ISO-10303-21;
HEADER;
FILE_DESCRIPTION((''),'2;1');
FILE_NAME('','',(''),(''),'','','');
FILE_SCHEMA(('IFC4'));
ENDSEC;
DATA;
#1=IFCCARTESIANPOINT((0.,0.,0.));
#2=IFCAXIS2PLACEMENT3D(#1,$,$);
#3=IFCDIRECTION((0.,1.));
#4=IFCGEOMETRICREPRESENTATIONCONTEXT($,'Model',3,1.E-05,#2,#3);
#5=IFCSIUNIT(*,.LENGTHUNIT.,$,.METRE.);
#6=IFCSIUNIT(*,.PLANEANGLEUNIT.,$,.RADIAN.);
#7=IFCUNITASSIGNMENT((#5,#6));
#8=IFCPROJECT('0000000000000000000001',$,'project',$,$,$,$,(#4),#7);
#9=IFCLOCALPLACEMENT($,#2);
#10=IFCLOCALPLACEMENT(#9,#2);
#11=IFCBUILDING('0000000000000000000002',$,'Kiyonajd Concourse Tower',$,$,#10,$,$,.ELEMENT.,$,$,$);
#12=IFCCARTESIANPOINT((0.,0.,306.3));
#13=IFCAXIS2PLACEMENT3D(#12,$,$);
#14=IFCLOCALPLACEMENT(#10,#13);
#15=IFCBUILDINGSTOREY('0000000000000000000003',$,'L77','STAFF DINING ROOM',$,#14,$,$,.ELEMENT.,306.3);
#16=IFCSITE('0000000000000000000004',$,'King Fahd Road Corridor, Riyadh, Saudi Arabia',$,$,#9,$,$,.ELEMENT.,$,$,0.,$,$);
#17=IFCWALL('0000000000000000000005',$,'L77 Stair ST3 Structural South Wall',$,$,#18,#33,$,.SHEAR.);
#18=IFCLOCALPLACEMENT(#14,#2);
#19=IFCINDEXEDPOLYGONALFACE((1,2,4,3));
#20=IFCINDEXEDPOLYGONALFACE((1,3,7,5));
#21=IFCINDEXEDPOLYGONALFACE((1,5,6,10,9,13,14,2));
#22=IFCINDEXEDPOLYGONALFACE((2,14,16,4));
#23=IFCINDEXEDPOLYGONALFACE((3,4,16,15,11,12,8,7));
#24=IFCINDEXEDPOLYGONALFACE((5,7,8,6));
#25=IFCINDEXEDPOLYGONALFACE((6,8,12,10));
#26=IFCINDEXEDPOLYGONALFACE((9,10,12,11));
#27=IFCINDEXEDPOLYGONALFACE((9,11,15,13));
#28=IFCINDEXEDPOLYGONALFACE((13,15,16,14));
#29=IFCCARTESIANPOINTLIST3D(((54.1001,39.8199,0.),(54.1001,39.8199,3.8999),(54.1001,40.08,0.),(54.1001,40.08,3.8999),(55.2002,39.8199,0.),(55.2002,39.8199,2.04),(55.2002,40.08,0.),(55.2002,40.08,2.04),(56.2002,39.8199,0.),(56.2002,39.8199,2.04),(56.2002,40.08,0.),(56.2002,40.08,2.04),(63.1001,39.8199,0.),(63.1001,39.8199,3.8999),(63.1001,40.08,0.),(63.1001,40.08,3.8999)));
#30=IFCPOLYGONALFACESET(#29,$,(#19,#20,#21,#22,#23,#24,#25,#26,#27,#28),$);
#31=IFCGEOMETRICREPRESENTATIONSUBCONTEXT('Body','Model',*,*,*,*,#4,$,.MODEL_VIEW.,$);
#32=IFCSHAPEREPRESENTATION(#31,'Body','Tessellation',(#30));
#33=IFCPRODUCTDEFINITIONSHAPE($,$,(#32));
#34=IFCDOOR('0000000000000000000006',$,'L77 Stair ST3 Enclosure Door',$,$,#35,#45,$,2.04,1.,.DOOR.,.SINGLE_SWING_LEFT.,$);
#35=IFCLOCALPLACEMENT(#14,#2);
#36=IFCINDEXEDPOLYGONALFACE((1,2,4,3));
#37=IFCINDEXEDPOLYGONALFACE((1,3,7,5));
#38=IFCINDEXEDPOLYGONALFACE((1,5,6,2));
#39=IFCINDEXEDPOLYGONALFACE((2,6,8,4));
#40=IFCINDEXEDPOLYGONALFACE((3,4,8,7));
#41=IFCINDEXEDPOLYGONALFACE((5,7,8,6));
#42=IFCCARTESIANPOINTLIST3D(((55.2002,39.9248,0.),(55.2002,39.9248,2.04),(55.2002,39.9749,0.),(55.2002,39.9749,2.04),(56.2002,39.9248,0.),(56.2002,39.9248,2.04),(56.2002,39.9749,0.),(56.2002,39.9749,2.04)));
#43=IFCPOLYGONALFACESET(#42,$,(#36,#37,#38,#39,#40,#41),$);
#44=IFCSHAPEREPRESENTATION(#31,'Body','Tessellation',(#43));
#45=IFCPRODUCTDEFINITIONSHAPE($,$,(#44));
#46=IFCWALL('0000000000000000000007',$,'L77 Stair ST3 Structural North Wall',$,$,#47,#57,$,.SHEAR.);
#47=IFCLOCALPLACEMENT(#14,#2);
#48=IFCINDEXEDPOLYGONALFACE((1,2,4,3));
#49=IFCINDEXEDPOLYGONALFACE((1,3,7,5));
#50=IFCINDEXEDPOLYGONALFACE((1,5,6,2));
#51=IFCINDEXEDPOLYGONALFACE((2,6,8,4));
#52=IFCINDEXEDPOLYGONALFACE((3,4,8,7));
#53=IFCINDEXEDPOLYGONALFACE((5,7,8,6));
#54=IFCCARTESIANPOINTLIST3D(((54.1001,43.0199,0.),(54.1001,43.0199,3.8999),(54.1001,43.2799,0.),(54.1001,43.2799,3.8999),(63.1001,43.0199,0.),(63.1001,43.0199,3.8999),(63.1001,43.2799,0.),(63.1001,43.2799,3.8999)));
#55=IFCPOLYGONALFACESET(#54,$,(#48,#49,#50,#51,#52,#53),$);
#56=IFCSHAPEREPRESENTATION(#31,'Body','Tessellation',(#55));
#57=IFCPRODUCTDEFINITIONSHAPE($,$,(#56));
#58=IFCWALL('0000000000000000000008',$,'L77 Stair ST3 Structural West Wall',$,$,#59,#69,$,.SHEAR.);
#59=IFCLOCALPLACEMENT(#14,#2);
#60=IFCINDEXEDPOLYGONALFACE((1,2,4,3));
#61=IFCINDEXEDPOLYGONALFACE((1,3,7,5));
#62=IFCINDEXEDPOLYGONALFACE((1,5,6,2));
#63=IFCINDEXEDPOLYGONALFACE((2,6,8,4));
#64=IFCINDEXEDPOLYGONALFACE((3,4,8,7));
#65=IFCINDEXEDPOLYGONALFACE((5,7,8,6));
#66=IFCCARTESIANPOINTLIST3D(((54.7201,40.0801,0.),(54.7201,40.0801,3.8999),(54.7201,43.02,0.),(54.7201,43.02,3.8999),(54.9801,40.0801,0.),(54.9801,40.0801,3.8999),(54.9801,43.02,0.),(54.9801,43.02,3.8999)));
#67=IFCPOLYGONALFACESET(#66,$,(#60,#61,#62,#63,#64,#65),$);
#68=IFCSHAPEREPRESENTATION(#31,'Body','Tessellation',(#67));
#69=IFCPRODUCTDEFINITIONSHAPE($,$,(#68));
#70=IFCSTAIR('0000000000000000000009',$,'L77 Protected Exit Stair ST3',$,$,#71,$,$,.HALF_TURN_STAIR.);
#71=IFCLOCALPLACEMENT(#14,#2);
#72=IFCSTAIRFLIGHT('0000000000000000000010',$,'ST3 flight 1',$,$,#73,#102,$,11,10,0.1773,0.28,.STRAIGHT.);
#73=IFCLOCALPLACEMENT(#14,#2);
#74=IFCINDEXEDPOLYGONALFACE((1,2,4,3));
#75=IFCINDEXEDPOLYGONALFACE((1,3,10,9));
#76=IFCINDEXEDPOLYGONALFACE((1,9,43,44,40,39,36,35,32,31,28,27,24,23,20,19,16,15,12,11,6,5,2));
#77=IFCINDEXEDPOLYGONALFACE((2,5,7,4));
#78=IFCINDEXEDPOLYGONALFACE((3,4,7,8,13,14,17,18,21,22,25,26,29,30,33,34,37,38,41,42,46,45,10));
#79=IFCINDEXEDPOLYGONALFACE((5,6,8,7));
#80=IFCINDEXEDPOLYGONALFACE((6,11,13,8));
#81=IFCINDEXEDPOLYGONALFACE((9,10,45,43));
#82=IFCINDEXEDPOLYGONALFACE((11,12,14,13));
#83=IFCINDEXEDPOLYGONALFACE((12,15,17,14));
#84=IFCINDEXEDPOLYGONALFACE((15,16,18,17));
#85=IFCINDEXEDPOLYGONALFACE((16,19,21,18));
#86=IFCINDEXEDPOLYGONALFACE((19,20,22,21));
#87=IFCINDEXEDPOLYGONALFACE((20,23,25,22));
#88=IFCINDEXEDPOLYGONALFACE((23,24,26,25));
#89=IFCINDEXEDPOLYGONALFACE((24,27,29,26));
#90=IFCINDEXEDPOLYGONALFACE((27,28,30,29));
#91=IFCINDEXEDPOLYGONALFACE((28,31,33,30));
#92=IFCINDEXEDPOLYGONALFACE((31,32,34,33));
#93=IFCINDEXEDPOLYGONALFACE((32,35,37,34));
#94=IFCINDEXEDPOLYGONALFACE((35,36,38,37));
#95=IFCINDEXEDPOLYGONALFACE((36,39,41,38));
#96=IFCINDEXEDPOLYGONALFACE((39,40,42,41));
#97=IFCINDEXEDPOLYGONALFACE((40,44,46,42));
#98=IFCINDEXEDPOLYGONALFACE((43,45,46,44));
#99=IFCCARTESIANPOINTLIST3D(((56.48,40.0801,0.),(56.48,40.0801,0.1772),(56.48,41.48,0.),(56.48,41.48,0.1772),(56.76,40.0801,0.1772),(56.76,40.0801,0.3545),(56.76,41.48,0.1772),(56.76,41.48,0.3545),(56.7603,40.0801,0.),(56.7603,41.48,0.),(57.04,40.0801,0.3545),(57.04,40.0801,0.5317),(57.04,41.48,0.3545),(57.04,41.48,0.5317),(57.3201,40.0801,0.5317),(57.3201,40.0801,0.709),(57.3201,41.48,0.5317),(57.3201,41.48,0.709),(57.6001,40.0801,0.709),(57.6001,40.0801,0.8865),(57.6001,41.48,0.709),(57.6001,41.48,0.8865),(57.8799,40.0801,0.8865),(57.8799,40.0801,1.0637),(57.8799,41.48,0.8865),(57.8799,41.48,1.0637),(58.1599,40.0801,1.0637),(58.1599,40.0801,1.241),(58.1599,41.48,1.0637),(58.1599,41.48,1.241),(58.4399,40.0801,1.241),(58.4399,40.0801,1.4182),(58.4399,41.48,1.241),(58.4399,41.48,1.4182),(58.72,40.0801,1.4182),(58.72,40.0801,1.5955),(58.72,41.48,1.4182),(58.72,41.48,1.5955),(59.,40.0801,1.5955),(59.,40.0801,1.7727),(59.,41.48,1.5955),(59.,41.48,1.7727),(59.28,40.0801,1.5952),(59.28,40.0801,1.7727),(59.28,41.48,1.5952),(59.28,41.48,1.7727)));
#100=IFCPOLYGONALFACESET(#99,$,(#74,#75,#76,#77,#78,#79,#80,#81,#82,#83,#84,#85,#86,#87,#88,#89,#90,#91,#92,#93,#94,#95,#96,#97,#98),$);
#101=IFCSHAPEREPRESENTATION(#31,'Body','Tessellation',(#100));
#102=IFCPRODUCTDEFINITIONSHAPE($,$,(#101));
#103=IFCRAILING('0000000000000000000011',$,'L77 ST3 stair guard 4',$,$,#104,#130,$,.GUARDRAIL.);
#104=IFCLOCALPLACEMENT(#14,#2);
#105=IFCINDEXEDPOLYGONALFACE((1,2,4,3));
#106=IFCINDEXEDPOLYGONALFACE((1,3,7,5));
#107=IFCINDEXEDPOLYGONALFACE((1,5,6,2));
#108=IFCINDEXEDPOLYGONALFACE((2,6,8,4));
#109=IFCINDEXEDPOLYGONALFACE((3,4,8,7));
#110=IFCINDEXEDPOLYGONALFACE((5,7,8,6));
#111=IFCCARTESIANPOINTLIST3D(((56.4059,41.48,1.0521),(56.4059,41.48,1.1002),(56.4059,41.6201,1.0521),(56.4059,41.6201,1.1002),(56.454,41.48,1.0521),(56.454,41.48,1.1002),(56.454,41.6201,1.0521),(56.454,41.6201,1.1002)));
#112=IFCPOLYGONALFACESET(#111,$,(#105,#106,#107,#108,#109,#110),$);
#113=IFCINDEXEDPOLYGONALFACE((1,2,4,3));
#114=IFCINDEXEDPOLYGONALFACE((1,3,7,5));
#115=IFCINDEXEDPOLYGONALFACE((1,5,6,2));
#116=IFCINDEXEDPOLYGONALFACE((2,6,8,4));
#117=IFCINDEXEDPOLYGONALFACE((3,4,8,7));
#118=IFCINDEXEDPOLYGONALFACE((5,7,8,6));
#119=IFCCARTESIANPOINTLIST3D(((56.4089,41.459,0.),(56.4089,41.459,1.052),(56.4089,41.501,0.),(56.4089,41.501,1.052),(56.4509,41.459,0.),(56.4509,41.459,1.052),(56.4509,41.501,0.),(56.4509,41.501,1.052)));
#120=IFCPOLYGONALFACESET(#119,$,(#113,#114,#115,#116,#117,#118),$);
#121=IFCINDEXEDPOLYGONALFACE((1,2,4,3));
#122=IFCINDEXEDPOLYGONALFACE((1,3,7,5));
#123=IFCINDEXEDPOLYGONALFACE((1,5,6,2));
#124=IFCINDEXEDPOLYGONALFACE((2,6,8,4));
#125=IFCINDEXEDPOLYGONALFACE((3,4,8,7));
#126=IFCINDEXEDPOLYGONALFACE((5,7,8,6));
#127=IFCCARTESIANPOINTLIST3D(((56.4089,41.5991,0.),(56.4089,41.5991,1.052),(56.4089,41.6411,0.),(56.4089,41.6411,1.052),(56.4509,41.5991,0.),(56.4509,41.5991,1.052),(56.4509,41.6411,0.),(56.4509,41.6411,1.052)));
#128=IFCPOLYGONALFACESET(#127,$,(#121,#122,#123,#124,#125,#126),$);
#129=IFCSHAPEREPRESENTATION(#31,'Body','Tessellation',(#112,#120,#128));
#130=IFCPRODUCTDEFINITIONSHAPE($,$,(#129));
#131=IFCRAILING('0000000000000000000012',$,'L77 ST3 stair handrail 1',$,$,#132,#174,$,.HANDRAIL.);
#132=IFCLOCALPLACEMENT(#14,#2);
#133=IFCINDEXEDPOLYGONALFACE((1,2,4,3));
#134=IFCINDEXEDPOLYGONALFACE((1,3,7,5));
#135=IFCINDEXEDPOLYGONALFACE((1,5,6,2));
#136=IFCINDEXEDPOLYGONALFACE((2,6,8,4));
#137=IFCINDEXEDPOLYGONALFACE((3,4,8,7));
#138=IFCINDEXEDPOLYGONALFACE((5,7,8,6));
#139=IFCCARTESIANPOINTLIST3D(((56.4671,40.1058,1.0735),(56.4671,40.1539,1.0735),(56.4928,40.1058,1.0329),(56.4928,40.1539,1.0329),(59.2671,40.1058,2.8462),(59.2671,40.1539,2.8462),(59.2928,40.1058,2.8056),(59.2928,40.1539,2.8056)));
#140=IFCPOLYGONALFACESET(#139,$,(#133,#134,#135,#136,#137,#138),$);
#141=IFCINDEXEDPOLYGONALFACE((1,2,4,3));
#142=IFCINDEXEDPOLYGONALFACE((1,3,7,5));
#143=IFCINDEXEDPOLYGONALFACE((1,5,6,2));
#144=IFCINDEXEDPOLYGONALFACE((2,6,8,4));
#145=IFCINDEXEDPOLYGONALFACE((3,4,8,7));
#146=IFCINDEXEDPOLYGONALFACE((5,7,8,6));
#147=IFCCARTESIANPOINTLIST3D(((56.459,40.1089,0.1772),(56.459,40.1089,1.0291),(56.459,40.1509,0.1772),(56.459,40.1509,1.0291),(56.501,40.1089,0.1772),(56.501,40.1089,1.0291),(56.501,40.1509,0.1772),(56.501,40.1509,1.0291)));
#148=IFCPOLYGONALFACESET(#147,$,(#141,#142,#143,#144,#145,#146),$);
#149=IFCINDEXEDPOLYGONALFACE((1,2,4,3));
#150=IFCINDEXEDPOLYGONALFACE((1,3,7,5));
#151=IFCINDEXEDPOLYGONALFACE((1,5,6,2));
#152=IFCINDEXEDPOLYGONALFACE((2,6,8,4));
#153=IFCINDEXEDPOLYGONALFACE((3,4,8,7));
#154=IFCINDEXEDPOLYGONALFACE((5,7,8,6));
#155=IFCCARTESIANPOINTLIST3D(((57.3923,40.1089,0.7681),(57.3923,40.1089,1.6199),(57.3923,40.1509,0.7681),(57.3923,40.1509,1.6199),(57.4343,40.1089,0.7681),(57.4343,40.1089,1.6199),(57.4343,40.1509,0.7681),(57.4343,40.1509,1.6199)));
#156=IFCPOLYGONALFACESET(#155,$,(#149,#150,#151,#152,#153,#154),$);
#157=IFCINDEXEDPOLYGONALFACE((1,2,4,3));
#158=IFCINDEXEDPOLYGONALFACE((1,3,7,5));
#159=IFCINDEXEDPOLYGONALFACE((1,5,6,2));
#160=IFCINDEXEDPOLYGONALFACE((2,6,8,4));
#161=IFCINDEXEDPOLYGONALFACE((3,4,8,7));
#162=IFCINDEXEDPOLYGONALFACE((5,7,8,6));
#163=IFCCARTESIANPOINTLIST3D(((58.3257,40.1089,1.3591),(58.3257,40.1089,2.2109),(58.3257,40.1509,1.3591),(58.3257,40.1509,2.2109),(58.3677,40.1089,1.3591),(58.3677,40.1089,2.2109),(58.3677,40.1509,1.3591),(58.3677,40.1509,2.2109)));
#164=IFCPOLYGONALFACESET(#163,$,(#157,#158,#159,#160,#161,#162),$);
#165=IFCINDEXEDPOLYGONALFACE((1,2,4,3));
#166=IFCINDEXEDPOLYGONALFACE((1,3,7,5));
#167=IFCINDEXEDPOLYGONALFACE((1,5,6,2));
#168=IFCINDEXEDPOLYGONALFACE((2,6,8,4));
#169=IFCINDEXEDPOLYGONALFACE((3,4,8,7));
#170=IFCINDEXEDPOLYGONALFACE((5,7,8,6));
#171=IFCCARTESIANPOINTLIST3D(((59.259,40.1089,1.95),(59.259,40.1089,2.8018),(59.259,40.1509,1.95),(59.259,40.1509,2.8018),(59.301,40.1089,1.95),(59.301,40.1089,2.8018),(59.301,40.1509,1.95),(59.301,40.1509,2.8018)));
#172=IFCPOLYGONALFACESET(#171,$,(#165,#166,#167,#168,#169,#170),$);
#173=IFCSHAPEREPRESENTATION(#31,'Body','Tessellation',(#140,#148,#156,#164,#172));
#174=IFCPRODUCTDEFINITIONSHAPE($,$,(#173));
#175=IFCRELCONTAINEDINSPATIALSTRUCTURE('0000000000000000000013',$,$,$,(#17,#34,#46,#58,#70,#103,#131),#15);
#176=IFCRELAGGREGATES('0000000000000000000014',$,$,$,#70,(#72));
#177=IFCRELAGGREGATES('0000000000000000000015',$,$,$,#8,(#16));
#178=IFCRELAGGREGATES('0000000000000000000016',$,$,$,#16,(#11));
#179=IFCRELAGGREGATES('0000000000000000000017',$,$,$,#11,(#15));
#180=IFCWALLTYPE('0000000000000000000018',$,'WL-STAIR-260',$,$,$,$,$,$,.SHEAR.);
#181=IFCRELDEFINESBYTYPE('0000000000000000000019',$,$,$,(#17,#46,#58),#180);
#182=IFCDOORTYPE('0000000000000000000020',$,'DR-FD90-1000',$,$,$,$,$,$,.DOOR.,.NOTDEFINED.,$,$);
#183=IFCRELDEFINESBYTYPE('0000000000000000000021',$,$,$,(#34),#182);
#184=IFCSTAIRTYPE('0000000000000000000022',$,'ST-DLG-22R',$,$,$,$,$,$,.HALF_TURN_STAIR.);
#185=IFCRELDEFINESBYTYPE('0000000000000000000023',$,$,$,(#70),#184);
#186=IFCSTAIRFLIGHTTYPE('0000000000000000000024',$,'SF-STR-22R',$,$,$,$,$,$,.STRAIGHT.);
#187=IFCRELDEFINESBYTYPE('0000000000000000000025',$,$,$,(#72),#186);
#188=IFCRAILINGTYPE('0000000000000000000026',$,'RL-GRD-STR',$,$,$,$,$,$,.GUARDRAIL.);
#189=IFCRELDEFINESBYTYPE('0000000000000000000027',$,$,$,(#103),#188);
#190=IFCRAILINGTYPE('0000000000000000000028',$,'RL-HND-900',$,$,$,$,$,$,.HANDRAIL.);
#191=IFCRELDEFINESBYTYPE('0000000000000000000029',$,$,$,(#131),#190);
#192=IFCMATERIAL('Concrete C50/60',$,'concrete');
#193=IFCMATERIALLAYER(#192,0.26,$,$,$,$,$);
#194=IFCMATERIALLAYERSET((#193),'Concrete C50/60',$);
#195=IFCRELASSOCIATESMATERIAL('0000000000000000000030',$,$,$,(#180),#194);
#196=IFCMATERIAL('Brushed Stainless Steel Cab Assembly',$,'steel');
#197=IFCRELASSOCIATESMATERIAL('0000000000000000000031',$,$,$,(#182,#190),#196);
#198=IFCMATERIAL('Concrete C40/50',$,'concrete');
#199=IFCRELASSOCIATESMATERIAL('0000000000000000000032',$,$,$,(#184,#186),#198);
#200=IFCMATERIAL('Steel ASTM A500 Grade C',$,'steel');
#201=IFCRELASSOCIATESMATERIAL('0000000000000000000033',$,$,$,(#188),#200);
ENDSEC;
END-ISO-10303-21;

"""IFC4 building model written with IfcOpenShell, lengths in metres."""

from ifc_helpers import new_model, si_unit, direction, frame, frame_2d, origin, origin_2d, place, context, subcontext, project, spatial, polyline, rectangle, outline, extrude, material, layer, layer_set, type_object, element, fill, aggregate, save


model = new_model("IFC4")

# Units and contexts
model_context = context("Model", 3, precision=1e-05, world=origin(), true_north=direction((0.0, 1.0)))
body_context = subcontext(model_context, "Body", "Model", "MODEL_VIEW")
ifc_project = project(units=[si_unit("LENGTHUNIT", "METRE"), si_unit("PLANEANGLEUNIT", "RADIAN")], contexts=[model_context])

# Site, building, storey
site_placement = place(None, origin())
site = spatial("IfcSite", under=ifc_project, at=site_placement, Name="King Fahd Road Corridor, Riyadh, Saudi Arabia", CompositionType="ELEMENT", RefElevation=0.0)
building_placement = place(site_placement, origin())
building = spatial("IfcBuilding", under=site, at=building_placement, Name="Kiyonajd Concourse Tower", CompositionType="ELEMENT")
storey_placement = place(building_placement, frame((0.0, 0.0, 306.3)))
storey = spatial("IfcBuildingStorey", under=building, at=storey_placement, Name="L77", Description="STAFF DINING ROOM", CompositionType="ELEMENT", Elevation=306.3)

# Shared definitions
ifc_material_1 = material(Name="Concrete C50/60", Category="concrete")

# Wall, opening, door
ifc_layer_1 = layer(ifc_material_1, 0.26)
ifc_layer_set_1 = layer_set([ifc_layer_1], Name="Concrete C50/60")
wall_type_1 = type_object("IfcWallType", Name="WL-STAIR-260", PredefinedType="SHEAR", material=ifc_layer_set_1)
wall_1_placement = place(storey_placement, frame((54.1001, 39.95, 0.0), z_axis=(0.0, 0.0, 1.0), x_axis=(1.0, 0.0, 0.0)))
wall_1 = element("IfcWall", 1, at=wall_1_placement, inside=storey, type_object=wall_type_1, Name="L77 Stair ST3 Structural South Wall", PredefinedType="SHEAR", context=body_context, shape_type="SweptSolid", body=[
    extrude(rectangle(XDim=9.0, YDim=0.26, at=frame_2d((4.5, 0.0))), origin(), (0.0, 0.0, 1.0), 3.8999),
])
opening_1_placement = place(wall_1_placement, frame((1.1001, 0.0, 0.0)))
opening_1 = element("IfcOpeningElement", 2, at=opening_1_placement, cuts=wall_1, PredefinedType="OPENING", context=body_context, shape_type="SweptSolid", body=[
    extrude(rectangle(XDim=1.0, YDim=2.04, at=frame_2d((0.5, 1.02))), frame((0.0, 0.1399, 0.0), z_axis=(0.0, -1.0, 0.0), x_axis=(1.0, 0.0, 0.0)), (0.0, 0.0, 1.0), 0.28),
])
ifc_material_2 = material(Name="Brushed Stainless Steel Cab Assembly", Category="steel")
door_type_1 = type_object("IfcDoorType", Name="DR-FD90-1000", OperationType="NOTDEFINED", PredefinedType="DOOR", material=ifc_material_2)
door_1_placement = place(opening_1_placement, origin())
door_1 = element("IfcDoor", 3, at=door_1_placement, inside=storey, type_object=door_type_1, Name="L77 Stair ST3 Enclosure Door", OperationType="SINGLE_SWING_LEFT", OverallHeight=2.04, OverallWidth=1.0, PredefinedType="DOOR", context=body_context, shape_type="SweptSolid", body=[
    extrude(rectangle(XDim=1.0, YDim=2.04, at=frame_2d((0.5, 1.02))), frame((0.0, 0.0249, 0.0), z_axis=(0.0, -1.0, 0.0), x_axis=(1.0, 0.0, 0.0)), (0.0, 0.0, 1.0), 0.05),
])
fill(opening_1, door_1)

# Walls
wall_2_placement = place(storey_placement, frame((54.1001, 43.1499, 0.0), z_axis=(0.0, 0.0, 1.0), x_axis=(1.0, 0.0, 0.0)))
element("IfcWall", 4, at=wall_2_placement, inside=storey, type_object=wall_type_1, Name="L77 Stair ST3 Structural North Wall", PredefinedType="SHEAR", context=body_context, shape_type="SweptSolid", body=[
    extrude(rectangle(XDim=9.0, YDim=0.26, at=frame_2d((4.5, 0.0))), origin(), (0.0, 0.0, 1.0), 3.8999),
])
wall_3_placement = place(storey_placement, frame((54.8501, 40.0801, 0.0), z_axis=(0.0, 0.0, 1.0), x_axis=(0.0, 1.0, 0.0)))
element("IfcWall", 5, at=wall_3_placement, inside=storey, type_object=wall_type_1, Name="L77 Stair ST3 Structural West Wall", PredefinedType="SHEAR", context=body_context, shape_type="SweptSolid", body=[
    extrude(rectangle(XDim=2.9399, YDim=0.26, at=frame_2d((1.47, 0.0))), origin(), (0.0, 0.0, 1.0), 3.8999),
])

# Stair, stair flight
ifc_material_3 = material(Name="Concrete C40/50", Category="concrete")
stair_type = type_object("IfcStairType", Name="ST-DLG-22R", PredefinedType="HALF_TURN_STAIR", material=ifc_material_3)
stair_placement = place(storey_placement, origin())
stair = element("IfcStair", 6, at=stair_placement, inside=storey, type_object=stair_type, Name="L77 Protected Exit Stair ST3", PredefinedType="HALF_TURN_STAIR")
stair_flight_type = type_object("IfcStairFlightType", Name="SF-STR-22R", PredefinedType="STRAIGHT", material=ifc_material_3)
stair_flight_placement = place(storey_placement, frame((56.48, 40.78, 0.0), z_axis=(0.0, 0.0, 1.0), x_axis=(1.0, 0.0, 0.0)))
stair_flight = element("IfcStairFlight", 7, at=stair_flight_placement, type_object=stair_flight_type, Name="ST3 flight 1", NumberOfRisers=11, NumberOfTreads=10, PredefinedType="STRAIGHT", RiserHeight=0.1773, TreadLength=0.28, context=body_context, shape_type="SweptSolid", body=[
    extrude(outline(polyline([(0.0, 0.0), (0.0, 0.1772), (0.28, 0.1772), (0.28, 0.3545), (0.5601, 0.3545), (0.5601, 0.5317), (0.8401, 0.5317), (0.8401, 0.709), (1.1201, 0.709), (1.1201, 0.8865), (1.3999, 0.8865), (1.3999, 1.0637), (1.6799, 1.0637), (1.6799, 1.241), (1.96, 1.241), (1.96, 1.4182), (2.24, 1.4182), (2.24, 1.5955), (2.52, 1.5955), (2.52, 1.7727), (2.8, 1.7727), (2.8, 1.95), (2.8, 1.5952), (0.2803, 0.0), (0.0, 0.0)])), frame((0.0, 0.7, 0.0), z_axis=(0.0, -1.0, 0.0), x_axis=(1.0, 0.0, 0.0)), (0.0, 0.0, 1.0), 1.3999),
])
aggregate(stair, [stair_flight])

# Railings
ifc_material_4 = material(Name="Steel ASTM A500 Grade C", Category="steel")
railing_type_1 = type_object("IfcRailingType", Name="RL-GRD-STR", PredefinedType="GUARDRAIL", material=ifc_material_4)
railing_1_placement = place(storey_placement, frame((56.4299, 41.48, 0.0)))
element("IfcRailing", 8, at=railing_1_placement, inside=storey, type_object=railing_type_1, Name="L77 ST3 stair guard 4", PredefinedType="GUARDRAIL", context=body_context, shape_type="SweptSolid", body=[
    extrude(rectangle(XDim=0.0481, YDim=0.0481, at=origin_2d()), frame((0.0, 0.0, 1.0762), z_axis=(0.0, 1.0, 0.0), x_axis=(-1.0, 0.0, 0.0)), (0.0, 0.0, 1.0), 0.1401),
    extrude(rectangle(XDim=0.042, YDim=0.042, at=origin_2d()), origin(), (0.0, 0.0, 1.0), 1.052),
    extrude(rectangle(XDim=0.042, YDim=0.042, at=origin_2d()), frame((0.0, 0.1401, 0.0)), (0.0, 0.0, 1.0), 1.052),
])
railing_type_2 = type_object("IfcRailingType", Name="RL-HND-900", PredefinedType="HANDRAIL", material=ifc_material_2)
railing_2_placement = place(storey_placement, frame((56.48, 40.1299, 0.1772)))
element("IfcRailing", 9, at=railing_2_placement, inside=storey, type_object=railing_type_2, Name="L77 ST3 stair handrail 1", PredefinedType="HANDRAIL", context=body_context, shape_type="SweptSolid", body=[
    extrude(rectangle(XDim=0.0481, YDim=0.0481, at=origin_2d()), frame((0.0, 0.0, 0.876), z_axis=(0.844909, 0.0, 0.53491), x_axis=(0.0, 1.0, 0.0)), (0.0, 0.0, 1.0), 3.314),
    extrude(rectangle(XDim=0.042, YDim=0.042, at=origin_2d()), origin(), (0.0, 0.0, 1.0), 0.8518),
    extrude(rectangle(XDim=0.042, YDim=0.042, at=origin_2d()), frame((0.9333, 0.0, 0.5908)), (0.0, 0.0, 1.0), 0.8518),
    extrude(rectangle(XDim=0.042, YDim=0.042, at=origin_2d()), frame((1.8667, 0.0, 1.1819)), (0.0, 0.0, 1.0), 0.8518),
    extrude(rectangle(XDim=0.042, YDim=0.042, at=origin_2d()), frame((2.8, 0.0, 1.7727)), (0.0, 0.0, 1.0), 0.8518),
])

save(model, "model.ifc")
